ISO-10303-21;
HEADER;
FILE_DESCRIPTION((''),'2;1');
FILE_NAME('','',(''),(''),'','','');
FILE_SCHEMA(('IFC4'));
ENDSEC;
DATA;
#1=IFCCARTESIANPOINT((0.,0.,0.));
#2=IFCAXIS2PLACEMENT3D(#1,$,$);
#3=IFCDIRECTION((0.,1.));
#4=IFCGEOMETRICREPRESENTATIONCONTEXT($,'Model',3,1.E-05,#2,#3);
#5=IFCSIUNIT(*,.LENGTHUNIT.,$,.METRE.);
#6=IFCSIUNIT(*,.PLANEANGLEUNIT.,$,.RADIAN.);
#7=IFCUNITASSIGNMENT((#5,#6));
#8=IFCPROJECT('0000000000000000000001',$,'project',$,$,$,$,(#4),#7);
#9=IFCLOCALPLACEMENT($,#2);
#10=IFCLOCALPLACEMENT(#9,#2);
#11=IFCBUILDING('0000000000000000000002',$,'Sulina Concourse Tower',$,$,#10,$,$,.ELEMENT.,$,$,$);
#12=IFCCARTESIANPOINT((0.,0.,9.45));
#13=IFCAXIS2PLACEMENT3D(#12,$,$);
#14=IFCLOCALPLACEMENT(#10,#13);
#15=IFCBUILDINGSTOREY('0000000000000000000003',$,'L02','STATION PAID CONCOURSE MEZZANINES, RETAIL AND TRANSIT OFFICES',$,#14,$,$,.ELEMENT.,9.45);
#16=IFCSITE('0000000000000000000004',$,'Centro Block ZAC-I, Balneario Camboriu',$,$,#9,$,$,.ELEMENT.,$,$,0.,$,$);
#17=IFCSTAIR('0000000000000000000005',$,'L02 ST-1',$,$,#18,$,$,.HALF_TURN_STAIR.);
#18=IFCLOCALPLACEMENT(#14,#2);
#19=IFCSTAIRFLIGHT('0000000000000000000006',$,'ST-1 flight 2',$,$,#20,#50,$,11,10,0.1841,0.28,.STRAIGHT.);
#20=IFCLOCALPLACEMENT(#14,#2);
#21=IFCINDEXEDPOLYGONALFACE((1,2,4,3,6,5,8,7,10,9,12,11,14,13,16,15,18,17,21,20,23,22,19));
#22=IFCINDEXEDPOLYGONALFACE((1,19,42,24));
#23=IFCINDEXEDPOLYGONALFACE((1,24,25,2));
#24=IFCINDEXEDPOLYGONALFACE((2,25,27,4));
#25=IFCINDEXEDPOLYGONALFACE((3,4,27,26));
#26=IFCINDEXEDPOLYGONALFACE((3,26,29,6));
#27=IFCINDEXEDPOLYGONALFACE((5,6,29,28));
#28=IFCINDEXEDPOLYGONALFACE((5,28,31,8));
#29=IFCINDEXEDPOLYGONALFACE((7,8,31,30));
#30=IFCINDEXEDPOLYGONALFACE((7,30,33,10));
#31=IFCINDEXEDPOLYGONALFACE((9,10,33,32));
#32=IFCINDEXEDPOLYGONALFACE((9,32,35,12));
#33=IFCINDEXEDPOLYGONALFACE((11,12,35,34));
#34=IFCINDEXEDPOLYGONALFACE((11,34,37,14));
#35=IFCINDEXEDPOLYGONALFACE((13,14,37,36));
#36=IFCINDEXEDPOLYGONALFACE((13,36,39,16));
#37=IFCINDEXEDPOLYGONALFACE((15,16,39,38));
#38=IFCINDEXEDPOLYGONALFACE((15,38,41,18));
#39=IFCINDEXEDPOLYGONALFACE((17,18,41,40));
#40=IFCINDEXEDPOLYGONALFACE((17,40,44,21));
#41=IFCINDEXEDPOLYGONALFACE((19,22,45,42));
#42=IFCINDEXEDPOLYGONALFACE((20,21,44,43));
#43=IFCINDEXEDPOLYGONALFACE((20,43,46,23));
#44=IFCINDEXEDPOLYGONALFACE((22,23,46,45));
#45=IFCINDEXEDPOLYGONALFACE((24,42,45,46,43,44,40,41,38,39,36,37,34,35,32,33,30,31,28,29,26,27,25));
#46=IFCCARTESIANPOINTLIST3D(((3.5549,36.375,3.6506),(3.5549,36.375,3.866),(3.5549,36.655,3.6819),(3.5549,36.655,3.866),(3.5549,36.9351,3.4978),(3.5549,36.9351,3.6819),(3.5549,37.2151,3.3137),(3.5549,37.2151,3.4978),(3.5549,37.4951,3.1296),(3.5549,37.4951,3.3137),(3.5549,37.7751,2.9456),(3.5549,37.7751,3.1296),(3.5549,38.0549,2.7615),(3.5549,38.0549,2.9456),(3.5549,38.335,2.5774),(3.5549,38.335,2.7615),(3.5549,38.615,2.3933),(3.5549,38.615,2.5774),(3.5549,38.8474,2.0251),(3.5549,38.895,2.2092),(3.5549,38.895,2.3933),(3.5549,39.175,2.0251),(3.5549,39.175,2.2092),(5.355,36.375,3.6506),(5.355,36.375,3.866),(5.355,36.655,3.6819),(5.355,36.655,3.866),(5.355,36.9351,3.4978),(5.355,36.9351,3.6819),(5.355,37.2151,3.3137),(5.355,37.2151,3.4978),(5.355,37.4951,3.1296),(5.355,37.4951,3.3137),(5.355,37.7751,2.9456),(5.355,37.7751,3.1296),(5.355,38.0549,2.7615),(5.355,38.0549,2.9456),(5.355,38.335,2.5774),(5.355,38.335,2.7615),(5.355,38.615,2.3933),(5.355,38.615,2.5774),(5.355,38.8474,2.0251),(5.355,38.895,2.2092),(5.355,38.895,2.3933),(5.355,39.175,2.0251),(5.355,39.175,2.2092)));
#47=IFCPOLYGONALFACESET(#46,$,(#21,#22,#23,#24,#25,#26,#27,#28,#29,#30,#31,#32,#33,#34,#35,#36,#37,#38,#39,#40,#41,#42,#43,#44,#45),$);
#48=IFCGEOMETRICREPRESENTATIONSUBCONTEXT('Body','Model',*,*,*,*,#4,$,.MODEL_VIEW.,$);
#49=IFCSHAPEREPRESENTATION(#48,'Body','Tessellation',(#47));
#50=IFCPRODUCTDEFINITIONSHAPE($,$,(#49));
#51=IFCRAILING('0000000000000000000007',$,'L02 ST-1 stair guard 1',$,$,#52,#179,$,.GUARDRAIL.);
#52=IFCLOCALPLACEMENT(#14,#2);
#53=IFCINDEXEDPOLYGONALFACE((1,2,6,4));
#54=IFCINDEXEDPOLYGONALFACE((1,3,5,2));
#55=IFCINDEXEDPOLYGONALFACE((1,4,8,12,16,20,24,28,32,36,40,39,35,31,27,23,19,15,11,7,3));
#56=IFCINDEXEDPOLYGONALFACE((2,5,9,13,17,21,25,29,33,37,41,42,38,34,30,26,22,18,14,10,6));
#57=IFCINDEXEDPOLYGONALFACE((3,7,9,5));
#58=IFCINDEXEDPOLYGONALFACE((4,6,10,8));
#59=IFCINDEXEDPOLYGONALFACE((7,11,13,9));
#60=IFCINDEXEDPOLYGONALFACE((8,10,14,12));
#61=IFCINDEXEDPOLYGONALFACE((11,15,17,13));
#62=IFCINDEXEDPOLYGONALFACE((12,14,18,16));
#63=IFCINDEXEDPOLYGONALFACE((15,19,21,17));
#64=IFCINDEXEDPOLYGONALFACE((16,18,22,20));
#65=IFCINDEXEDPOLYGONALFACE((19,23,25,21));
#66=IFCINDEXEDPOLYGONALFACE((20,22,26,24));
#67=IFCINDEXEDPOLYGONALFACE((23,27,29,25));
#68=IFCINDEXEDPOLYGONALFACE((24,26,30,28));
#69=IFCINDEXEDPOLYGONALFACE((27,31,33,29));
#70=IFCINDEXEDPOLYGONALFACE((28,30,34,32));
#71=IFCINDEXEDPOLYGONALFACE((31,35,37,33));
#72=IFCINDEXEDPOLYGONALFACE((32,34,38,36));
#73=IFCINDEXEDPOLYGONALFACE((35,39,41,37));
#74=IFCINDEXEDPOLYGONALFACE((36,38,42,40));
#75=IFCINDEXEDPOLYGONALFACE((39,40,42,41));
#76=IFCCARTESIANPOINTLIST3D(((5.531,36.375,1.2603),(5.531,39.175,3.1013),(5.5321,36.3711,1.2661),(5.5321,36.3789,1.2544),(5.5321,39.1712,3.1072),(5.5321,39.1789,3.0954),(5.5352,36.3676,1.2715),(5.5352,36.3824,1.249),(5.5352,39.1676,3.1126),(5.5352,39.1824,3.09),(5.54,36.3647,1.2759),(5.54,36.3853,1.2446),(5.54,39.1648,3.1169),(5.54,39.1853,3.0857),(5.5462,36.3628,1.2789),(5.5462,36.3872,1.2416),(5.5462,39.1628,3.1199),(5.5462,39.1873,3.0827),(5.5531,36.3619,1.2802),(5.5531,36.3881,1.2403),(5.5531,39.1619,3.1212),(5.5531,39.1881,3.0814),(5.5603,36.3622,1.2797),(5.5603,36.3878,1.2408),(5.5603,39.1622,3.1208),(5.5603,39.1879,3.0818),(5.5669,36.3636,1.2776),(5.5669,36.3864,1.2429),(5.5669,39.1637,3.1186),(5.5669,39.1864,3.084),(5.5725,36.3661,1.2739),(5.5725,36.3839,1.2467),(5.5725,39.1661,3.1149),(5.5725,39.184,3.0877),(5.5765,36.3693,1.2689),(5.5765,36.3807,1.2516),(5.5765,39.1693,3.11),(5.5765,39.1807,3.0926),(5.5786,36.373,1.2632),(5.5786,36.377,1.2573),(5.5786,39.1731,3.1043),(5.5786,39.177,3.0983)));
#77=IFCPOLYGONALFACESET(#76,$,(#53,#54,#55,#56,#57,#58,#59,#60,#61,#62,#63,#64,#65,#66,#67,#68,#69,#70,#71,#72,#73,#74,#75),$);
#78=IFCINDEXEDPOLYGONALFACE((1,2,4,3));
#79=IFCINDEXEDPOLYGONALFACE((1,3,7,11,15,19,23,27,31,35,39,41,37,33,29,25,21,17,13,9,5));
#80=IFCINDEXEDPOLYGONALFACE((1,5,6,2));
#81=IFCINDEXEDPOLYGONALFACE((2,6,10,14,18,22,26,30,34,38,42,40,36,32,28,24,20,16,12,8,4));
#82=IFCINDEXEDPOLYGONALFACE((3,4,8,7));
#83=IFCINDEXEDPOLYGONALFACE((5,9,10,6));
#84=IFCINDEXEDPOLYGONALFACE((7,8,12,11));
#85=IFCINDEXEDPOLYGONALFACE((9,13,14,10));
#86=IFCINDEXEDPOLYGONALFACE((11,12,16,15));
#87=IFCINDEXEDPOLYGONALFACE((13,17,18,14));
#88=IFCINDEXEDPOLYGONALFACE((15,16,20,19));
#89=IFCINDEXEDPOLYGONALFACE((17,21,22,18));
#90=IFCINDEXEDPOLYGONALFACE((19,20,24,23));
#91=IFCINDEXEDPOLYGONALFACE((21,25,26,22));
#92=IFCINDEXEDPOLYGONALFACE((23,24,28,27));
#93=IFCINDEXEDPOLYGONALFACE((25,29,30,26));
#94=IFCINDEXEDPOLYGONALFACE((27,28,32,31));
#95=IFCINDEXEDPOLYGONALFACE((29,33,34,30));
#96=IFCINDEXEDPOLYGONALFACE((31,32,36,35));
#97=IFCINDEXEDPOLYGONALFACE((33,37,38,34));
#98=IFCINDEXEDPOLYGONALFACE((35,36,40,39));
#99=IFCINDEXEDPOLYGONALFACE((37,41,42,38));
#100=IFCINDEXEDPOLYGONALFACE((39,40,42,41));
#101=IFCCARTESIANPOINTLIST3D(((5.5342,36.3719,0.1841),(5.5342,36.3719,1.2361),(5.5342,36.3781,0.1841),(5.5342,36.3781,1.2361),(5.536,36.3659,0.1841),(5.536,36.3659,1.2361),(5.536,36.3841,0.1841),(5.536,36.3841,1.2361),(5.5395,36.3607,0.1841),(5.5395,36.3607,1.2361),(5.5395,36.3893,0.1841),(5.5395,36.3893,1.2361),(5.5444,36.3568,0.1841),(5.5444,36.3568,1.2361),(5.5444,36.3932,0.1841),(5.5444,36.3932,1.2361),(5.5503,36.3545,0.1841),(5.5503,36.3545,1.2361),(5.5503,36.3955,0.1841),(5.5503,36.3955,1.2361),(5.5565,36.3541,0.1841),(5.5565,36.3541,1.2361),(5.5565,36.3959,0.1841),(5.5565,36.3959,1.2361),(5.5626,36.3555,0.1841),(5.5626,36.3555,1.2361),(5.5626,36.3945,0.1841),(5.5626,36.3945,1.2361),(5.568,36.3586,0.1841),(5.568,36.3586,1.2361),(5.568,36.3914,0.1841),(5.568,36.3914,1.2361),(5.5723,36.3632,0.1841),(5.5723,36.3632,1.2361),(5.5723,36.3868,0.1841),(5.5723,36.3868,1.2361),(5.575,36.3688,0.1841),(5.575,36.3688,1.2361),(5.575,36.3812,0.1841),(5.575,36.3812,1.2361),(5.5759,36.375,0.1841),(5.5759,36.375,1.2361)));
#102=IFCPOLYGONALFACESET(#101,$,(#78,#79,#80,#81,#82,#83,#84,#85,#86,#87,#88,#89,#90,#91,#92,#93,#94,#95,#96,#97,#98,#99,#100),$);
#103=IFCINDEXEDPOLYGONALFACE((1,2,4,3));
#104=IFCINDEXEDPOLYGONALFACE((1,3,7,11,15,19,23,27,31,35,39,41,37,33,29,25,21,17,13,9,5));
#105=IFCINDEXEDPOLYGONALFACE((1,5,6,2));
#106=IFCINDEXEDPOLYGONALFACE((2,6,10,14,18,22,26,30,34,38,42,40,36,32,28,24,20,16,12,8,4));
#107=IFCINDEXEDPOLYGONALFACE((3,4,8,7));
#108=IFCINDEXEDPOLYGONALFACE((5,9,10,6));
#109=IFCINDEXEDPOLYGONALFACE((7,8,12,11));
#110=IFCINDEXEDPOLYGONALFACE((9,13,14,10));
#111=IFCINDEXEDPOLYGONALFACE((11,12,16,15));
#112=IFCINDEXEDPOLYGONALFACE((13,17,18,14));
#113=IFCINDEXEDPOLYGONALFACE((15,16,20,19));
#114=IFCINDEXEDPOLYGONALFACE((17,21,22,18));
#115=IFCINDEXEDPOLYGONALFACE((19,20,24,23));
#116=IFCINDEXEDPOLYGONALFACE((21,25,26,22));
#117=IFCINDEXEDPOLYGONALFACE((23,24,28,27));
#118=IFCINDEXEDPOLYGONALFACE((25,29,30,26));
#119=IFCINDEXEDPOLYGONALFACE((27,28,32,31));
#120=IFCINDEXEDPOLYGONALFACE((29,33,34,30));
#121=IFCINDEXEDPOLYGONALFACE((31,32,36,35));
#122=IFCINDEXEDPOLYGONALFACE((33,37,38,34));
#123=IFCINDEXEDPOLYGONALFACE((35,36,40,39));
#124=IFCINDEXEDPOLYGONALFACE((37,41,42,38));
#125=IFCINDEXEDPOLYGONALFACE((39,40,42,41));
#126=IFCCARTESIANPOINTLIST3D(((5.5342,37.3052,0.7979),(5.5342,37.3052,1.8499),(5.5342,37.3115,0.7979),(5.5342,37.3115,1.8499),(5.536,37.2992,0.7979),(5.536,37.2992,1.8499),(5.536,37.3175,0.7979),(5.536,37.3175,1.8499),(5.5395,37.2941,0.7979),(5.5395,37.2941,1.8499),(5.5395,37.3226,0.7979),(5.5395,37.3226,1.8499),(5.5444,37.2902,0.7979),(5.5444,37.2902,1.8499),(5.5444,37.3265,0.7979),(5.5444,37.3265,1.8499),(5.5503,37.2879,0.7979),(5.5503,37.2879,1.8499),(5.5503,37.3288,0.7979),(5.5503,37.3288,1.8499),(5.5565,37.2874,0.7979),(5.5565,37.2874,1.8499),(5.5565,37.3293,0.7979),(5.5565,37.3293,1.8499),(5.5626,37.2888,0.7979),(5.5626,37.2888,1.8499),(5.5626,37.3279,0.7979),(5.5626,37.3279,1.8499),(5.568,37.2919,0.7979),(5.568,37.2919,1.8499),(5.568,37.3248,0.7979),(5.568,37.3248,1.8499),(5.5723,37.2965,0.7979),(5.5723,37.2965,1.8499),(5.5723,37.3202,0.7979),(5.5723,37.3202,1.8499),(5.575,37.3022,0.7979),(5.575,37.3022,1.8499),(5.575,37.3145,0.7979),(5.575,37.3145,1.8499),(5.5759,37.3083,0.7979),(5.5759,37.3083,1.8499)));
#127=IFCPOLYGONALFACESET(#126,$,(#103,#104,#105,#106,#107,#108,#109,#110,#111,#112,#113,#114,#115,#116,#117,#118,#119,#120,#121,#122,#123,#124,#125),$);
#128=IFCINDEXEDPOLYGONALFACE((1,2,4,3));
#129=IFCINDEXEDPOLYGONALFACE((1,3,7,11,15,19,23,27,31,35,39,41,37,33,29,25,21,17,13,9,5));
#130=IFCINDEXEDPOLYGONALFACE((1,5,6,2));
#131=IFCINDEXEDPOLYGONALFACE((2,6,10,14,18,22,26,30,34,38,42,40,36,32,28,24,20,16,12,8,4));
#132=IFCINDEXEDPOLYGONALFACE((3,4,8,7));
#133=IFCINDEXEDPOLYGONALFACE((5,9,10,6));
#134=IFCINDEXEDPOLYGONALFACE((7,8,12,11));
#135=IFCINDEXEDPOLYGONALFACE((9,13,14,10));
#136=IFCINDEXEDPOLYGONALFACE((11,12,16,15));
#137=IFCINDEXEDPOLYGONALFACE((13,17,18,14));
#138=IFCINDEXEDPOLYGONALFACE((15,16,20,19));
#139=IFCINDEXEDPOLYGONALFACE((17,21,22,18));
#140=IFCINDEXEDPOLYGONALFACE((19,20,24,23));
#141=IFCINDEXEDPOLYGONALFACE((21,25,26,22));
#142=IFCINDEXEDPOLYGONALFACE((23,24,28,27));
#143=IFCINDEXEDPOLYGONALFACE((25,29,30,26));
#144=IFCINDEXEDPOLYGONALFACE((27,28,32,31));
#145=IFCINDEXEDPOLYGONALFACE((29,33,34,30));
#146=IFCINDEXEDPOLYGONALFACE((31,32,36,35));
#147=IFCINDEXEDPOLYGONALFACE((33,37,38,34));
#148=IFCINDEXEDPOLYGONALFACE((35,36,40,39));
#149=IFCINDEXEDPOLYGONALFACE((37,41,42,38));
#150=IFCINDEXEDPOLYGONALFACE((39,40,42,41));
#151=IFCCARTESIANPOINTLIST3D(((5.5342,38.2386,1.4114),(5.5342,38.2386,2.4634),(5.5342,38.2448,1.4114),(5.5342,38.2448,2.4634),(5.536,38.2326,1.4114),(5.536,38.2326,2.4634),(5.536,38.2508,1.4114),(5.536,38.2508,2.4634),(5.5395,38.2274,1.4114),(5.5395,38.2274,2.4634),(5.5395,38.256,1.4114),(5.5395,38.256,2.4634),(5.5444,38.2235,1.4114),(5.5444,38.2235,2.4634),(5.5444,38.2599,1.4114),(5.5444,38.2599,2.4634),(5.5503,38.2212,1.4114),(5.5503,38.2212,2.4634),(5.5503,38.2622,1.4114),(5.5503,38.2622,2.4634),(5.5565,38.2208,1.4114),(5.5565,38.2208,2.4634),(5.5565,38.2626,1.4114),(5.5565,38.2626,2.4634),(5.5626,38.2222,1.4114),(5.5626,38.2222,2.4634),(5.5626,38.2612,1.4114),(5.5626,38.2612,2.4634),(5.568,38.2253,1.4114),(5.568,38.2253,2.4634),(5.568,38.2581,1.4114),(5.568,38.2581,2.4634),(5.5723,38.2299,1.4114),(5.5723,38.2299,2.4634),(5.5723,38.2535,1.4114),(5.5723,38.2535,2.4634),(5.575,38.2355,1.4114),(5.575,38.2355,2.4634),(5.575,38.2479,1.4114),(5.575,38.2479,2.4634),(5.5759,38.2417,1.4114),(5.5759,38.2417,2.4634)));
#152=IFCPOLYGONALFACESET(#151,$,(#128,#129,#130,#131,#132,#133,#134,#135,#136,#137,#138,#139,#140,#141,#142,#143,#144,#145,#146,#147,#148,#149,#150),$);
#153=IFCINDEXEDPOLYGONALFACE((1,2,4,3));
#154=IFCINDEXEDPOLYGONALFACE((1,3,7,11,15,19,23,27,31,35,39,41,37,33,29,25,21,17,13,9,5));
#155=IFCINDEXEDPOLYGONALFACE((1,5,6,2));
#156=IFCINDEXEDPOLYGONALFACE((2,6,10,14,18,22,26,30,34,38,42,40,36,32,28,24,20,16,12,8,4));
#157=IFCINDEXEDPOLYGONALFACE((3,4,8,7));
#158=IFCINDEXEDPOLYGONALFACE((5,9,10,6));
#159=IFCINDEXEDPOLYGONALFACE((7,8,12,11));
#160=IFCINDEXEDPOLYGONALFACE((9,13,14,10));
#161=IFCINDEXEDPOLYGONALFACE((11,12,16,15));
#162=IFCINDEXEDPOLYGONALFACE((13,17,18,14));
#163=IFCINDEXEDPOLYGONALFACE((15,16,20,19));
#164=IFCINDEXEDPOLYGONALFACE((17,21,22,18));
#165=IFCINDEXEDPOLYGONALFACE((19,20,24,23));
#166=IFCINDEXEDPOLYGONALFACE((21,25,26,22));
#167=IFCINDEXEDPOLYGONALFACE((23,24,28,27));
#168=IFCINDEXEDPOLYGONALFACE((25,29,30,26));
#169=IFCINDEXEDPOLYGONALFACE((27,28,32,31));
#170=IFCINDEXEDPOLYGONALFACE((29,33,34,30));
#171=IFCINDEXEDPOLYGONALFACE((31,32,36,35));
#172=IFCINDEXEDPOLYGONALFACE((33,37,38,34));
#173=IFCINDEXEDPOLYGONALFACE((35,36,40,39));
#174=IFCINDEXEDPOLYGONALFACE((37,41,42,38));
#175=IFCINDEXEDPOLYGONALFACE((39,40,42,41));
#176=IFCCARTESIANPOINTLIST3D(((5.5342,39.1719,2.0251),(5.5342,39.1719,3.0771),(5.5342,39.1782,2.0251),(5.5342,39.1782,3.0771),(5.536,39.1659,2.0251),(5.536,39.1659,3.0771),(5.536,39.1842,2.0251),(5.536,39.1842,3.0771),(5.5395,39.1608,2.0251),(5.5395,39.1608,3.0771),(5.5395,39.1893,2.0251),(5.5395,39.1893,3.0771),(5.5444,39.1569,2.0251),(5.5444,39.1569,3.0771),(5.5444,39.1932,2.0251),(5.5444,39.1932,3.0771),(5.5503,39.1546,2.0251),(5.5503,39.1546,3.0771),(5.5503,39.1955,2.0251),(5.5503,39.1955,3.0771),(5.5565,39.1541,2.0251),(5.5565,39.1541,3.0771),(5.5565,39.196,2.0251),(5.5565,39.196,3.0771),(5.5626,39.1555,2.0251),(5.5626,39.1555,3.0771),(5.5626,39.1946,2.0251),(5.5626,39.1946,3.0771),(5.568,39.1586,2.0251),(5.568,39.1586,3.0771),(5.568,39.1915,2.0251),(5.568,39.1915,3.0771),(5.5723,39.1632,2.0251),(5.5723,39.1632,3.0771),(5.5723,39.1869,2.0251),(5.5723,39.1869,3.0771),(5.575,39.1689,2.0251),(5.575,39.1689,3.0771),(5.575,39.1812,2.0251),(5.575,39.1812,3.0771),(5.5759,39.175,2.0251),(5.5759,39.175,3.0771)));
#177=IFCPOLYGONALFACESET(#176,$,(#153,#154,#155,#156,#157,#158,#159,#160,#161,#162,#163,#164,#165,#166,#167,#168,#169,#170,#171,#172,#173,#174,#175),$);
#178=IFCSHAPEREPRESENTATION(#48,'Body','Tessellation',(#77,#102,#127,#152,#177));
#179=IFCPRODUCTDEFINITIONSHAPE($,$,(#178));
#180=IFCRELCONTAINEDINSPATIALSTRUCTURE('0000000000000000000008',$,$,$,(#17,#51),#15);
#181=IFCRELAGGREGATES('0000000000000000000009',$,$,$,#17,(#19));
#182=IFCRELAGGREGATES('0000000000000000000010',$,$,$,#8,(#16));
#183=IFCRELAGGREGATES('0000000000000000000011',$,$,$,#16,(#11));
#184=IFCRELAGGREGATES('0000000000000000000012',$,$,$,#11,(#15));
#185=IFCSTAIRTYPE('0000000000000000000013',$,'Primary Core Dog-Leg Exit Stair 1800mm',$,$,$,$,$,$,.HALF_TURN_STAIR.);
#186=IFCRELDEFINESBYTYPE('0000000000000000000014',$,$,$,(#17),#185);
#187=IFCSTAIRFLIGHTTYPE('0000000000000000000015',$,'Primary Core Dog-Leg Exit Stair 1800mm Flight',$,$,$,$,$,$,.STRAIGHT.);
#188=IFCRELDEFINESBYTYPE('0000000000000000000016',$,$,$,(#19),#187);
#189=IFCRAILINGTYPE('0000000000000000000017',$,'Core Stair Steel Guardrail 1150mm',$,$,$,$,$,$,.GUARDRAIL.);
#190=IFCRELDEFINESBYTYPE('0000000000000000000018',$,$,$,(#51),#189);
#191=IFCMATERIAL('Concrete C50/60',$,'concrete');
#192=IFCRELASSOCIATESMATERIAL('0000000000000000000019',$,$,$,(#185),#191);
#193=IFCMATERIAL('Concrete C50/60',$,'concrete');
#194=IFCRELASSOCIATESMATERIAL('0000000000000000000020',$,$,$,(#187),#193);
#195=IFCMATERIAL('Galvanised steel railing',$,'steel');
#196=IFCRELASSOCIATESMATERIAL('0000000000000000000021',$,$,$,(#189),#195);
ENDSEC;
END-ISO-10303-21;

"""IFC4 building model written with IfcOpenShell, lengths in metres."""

from ifc_helpers import new_model, si_unit, direction, frame, origin, origin_2d, place, context, subcontext, project, spatial, polyline, circle, outline, extrude, material, type_object, element, aggregate, save


model = new_model("IFC4")

# Units and contexts
model_context = context("Model", 3, precision=1e-05, world=origin(), true_north=direction((0.0, 1.0)))
body_context = subcontext(model_context, "Body", "Model", "MODEL_VIEW")
ifc_project = project(units=[si_unit("LENGTHUNIT", "METRE"), si_unit("PLANEANGLEUNIT", "RADIAN")], contexts=[model_context])

# Site, building, storey
site_placement = place(None, origin())
site = spatial("IfcSite", under=ifc_project, at=site_placement, Name="Centro Block ZAC-I, Balneario Camboriu", CompositionType="ELEMENT", RefElevation=0.0)
building_placement = place(site_placement, origin())
building = spatial("IfcBuilding", under=site, at=building_placement, Name="Sulina Concourse Tower", CompositionType="ELEMENT")
storey_placement = place(building_placement, frame((0.0, 0.0, 9.45)))
storey = spatial("IfcBuildingStorey", under=building, at=storey_placement, Name="L02", Description="STATION PAID CONCOURSE MEZZANINES, RETAIL AND TRANSIT OFFICES", CompositionType="ELEMENT", Elevation=9.45)

# Stair, stair flight
ifc_material_1 = material(Name="Concrete C50/60", Category="concrete")
stair_type = type_object("IfcStairType", Name="Primary Core Dog-Leg Exit Stair 1800mm", PredefinedType="HALF_TURN_STAIR", material=ifc_material_1)
stair_placement = place(storey_placement, origin())
stair = element("IfcStair", 1, at=stair_placement, inside=storey, type_object=stair_type, Name="L02 ST-1", PredefinedType="HALF_TURN_STAIR")
ifc_material_2 = material(Name="Concrete C50/60", Category="concrete")
stair_flight_type = type_object("IfcStairFlightType", Name="Primary Core Dog-Leg Exit Stair 1800mm Flight", PredefinedType="STRAIGHT", material=ifc_material_2)
stair_flight_1_placement = place(storey_placement, frame((4.4551, 39.175, 2.0251), z_axis=(0.0, 0.0, 1.0), x_axis=(0.0, -1.0, 0.0)))
stair_flight_1 = element("IfcStairFlight", 2, at=stair_flight_1_placement, type_object=stair_flight_type, Name="ST-1 flight 2", NumberOfRisers=11, NumberOfTreads=10, PredefinedType="STRAIGHT", RiserHeight=0.1841, TreadLength=0.28, context=body_context, shape_type="SweptSolid", body=[
    extrude(outline(polyline([(0.0, 0.0), (0.0, 0.1841), (0.28, 0.1841), (0.28, 0.3682), (0.5601, 0.3682), (0.5601, 0.5522), (0.8401, 0.5522), (0.8401, 0.7363), (1.1201, 0.7363), (1.1201, 0.9204), (1.3999, 0.9204), (1.3999, 1.1045), (1.6799, 1.1045), (1.6799, 1.2886), (1.96, 1.2886), (1.96, 1.4727), (2.24, 1.4727), (2.24, 1.6567), (2.52, 1.6567), (2.52, 1.8408), (2.8, 1.8408), (2.8, 2.0249), (2.8, 1.6255), (0.3276, 0.0), (0.0, 0.0)])), frame((0.0, 0.8999, 0.0), z_axis=(0.0, -1.0, 0.0), x_axis=(1.0, 0.0, 0.0)), (0.0, 0.0, 1.0), 1.8),
])
aggregate(stair, [stair_flight_1])

# Railing
ifc_material_3 = material(Name="Galvanised steel railing", Category="steel")
railing_type_1 = type_object("IfcRailingType", Name="Core Stair Steel Guardrail 1150mm", PredefinedType="GUARDRAIL", material=ifc_material_3)
railing_1_placement = place(storey_placement, frame((5.5549, 36.375, 0.1841)))
element("IfcRailing", 3, at=railing_1_placement, inside=storey, type_object=railing_type_1, Name="L02 ST-1 stair guard 1", PredefinedType="GUARDRAIL", context=body_context, shape_type="SweptSolid", body=[
    extrude(circle(Radius=0.0239, at=origin_2d()), frame((0.0, 0.0, 1.0762), z_axis=(0.0, 0.835564, 0.549393), x_axis=(-1.0, 0.0, 0.0)), (0.0, 0.0, 1.0), 3.3511),
    extrude(circle(Radius=0.021, at=origin_2d()), origin(), (0.0, 0.0, 1.0), 1.052),
    extrude(circle(Radius=0.021, at=origin_2d()), frame((0.0, 0.9333, 0.6138)), (0.0, 0.0, 1.0), 1.052),
    extrude(circle(Radius=0.021, at=origin_2d()), frame((0.0, 1.8667, 1.2273)), (0.0, 0.0, 1.0), 1.052),
    extrude(circle(Radius=0.021, at=origin_2d()), frame((0.0, 2.8, 1.8411)), (0.0, 0.0, 1.0), 1.052),
])

save(model, "model.ifc")
